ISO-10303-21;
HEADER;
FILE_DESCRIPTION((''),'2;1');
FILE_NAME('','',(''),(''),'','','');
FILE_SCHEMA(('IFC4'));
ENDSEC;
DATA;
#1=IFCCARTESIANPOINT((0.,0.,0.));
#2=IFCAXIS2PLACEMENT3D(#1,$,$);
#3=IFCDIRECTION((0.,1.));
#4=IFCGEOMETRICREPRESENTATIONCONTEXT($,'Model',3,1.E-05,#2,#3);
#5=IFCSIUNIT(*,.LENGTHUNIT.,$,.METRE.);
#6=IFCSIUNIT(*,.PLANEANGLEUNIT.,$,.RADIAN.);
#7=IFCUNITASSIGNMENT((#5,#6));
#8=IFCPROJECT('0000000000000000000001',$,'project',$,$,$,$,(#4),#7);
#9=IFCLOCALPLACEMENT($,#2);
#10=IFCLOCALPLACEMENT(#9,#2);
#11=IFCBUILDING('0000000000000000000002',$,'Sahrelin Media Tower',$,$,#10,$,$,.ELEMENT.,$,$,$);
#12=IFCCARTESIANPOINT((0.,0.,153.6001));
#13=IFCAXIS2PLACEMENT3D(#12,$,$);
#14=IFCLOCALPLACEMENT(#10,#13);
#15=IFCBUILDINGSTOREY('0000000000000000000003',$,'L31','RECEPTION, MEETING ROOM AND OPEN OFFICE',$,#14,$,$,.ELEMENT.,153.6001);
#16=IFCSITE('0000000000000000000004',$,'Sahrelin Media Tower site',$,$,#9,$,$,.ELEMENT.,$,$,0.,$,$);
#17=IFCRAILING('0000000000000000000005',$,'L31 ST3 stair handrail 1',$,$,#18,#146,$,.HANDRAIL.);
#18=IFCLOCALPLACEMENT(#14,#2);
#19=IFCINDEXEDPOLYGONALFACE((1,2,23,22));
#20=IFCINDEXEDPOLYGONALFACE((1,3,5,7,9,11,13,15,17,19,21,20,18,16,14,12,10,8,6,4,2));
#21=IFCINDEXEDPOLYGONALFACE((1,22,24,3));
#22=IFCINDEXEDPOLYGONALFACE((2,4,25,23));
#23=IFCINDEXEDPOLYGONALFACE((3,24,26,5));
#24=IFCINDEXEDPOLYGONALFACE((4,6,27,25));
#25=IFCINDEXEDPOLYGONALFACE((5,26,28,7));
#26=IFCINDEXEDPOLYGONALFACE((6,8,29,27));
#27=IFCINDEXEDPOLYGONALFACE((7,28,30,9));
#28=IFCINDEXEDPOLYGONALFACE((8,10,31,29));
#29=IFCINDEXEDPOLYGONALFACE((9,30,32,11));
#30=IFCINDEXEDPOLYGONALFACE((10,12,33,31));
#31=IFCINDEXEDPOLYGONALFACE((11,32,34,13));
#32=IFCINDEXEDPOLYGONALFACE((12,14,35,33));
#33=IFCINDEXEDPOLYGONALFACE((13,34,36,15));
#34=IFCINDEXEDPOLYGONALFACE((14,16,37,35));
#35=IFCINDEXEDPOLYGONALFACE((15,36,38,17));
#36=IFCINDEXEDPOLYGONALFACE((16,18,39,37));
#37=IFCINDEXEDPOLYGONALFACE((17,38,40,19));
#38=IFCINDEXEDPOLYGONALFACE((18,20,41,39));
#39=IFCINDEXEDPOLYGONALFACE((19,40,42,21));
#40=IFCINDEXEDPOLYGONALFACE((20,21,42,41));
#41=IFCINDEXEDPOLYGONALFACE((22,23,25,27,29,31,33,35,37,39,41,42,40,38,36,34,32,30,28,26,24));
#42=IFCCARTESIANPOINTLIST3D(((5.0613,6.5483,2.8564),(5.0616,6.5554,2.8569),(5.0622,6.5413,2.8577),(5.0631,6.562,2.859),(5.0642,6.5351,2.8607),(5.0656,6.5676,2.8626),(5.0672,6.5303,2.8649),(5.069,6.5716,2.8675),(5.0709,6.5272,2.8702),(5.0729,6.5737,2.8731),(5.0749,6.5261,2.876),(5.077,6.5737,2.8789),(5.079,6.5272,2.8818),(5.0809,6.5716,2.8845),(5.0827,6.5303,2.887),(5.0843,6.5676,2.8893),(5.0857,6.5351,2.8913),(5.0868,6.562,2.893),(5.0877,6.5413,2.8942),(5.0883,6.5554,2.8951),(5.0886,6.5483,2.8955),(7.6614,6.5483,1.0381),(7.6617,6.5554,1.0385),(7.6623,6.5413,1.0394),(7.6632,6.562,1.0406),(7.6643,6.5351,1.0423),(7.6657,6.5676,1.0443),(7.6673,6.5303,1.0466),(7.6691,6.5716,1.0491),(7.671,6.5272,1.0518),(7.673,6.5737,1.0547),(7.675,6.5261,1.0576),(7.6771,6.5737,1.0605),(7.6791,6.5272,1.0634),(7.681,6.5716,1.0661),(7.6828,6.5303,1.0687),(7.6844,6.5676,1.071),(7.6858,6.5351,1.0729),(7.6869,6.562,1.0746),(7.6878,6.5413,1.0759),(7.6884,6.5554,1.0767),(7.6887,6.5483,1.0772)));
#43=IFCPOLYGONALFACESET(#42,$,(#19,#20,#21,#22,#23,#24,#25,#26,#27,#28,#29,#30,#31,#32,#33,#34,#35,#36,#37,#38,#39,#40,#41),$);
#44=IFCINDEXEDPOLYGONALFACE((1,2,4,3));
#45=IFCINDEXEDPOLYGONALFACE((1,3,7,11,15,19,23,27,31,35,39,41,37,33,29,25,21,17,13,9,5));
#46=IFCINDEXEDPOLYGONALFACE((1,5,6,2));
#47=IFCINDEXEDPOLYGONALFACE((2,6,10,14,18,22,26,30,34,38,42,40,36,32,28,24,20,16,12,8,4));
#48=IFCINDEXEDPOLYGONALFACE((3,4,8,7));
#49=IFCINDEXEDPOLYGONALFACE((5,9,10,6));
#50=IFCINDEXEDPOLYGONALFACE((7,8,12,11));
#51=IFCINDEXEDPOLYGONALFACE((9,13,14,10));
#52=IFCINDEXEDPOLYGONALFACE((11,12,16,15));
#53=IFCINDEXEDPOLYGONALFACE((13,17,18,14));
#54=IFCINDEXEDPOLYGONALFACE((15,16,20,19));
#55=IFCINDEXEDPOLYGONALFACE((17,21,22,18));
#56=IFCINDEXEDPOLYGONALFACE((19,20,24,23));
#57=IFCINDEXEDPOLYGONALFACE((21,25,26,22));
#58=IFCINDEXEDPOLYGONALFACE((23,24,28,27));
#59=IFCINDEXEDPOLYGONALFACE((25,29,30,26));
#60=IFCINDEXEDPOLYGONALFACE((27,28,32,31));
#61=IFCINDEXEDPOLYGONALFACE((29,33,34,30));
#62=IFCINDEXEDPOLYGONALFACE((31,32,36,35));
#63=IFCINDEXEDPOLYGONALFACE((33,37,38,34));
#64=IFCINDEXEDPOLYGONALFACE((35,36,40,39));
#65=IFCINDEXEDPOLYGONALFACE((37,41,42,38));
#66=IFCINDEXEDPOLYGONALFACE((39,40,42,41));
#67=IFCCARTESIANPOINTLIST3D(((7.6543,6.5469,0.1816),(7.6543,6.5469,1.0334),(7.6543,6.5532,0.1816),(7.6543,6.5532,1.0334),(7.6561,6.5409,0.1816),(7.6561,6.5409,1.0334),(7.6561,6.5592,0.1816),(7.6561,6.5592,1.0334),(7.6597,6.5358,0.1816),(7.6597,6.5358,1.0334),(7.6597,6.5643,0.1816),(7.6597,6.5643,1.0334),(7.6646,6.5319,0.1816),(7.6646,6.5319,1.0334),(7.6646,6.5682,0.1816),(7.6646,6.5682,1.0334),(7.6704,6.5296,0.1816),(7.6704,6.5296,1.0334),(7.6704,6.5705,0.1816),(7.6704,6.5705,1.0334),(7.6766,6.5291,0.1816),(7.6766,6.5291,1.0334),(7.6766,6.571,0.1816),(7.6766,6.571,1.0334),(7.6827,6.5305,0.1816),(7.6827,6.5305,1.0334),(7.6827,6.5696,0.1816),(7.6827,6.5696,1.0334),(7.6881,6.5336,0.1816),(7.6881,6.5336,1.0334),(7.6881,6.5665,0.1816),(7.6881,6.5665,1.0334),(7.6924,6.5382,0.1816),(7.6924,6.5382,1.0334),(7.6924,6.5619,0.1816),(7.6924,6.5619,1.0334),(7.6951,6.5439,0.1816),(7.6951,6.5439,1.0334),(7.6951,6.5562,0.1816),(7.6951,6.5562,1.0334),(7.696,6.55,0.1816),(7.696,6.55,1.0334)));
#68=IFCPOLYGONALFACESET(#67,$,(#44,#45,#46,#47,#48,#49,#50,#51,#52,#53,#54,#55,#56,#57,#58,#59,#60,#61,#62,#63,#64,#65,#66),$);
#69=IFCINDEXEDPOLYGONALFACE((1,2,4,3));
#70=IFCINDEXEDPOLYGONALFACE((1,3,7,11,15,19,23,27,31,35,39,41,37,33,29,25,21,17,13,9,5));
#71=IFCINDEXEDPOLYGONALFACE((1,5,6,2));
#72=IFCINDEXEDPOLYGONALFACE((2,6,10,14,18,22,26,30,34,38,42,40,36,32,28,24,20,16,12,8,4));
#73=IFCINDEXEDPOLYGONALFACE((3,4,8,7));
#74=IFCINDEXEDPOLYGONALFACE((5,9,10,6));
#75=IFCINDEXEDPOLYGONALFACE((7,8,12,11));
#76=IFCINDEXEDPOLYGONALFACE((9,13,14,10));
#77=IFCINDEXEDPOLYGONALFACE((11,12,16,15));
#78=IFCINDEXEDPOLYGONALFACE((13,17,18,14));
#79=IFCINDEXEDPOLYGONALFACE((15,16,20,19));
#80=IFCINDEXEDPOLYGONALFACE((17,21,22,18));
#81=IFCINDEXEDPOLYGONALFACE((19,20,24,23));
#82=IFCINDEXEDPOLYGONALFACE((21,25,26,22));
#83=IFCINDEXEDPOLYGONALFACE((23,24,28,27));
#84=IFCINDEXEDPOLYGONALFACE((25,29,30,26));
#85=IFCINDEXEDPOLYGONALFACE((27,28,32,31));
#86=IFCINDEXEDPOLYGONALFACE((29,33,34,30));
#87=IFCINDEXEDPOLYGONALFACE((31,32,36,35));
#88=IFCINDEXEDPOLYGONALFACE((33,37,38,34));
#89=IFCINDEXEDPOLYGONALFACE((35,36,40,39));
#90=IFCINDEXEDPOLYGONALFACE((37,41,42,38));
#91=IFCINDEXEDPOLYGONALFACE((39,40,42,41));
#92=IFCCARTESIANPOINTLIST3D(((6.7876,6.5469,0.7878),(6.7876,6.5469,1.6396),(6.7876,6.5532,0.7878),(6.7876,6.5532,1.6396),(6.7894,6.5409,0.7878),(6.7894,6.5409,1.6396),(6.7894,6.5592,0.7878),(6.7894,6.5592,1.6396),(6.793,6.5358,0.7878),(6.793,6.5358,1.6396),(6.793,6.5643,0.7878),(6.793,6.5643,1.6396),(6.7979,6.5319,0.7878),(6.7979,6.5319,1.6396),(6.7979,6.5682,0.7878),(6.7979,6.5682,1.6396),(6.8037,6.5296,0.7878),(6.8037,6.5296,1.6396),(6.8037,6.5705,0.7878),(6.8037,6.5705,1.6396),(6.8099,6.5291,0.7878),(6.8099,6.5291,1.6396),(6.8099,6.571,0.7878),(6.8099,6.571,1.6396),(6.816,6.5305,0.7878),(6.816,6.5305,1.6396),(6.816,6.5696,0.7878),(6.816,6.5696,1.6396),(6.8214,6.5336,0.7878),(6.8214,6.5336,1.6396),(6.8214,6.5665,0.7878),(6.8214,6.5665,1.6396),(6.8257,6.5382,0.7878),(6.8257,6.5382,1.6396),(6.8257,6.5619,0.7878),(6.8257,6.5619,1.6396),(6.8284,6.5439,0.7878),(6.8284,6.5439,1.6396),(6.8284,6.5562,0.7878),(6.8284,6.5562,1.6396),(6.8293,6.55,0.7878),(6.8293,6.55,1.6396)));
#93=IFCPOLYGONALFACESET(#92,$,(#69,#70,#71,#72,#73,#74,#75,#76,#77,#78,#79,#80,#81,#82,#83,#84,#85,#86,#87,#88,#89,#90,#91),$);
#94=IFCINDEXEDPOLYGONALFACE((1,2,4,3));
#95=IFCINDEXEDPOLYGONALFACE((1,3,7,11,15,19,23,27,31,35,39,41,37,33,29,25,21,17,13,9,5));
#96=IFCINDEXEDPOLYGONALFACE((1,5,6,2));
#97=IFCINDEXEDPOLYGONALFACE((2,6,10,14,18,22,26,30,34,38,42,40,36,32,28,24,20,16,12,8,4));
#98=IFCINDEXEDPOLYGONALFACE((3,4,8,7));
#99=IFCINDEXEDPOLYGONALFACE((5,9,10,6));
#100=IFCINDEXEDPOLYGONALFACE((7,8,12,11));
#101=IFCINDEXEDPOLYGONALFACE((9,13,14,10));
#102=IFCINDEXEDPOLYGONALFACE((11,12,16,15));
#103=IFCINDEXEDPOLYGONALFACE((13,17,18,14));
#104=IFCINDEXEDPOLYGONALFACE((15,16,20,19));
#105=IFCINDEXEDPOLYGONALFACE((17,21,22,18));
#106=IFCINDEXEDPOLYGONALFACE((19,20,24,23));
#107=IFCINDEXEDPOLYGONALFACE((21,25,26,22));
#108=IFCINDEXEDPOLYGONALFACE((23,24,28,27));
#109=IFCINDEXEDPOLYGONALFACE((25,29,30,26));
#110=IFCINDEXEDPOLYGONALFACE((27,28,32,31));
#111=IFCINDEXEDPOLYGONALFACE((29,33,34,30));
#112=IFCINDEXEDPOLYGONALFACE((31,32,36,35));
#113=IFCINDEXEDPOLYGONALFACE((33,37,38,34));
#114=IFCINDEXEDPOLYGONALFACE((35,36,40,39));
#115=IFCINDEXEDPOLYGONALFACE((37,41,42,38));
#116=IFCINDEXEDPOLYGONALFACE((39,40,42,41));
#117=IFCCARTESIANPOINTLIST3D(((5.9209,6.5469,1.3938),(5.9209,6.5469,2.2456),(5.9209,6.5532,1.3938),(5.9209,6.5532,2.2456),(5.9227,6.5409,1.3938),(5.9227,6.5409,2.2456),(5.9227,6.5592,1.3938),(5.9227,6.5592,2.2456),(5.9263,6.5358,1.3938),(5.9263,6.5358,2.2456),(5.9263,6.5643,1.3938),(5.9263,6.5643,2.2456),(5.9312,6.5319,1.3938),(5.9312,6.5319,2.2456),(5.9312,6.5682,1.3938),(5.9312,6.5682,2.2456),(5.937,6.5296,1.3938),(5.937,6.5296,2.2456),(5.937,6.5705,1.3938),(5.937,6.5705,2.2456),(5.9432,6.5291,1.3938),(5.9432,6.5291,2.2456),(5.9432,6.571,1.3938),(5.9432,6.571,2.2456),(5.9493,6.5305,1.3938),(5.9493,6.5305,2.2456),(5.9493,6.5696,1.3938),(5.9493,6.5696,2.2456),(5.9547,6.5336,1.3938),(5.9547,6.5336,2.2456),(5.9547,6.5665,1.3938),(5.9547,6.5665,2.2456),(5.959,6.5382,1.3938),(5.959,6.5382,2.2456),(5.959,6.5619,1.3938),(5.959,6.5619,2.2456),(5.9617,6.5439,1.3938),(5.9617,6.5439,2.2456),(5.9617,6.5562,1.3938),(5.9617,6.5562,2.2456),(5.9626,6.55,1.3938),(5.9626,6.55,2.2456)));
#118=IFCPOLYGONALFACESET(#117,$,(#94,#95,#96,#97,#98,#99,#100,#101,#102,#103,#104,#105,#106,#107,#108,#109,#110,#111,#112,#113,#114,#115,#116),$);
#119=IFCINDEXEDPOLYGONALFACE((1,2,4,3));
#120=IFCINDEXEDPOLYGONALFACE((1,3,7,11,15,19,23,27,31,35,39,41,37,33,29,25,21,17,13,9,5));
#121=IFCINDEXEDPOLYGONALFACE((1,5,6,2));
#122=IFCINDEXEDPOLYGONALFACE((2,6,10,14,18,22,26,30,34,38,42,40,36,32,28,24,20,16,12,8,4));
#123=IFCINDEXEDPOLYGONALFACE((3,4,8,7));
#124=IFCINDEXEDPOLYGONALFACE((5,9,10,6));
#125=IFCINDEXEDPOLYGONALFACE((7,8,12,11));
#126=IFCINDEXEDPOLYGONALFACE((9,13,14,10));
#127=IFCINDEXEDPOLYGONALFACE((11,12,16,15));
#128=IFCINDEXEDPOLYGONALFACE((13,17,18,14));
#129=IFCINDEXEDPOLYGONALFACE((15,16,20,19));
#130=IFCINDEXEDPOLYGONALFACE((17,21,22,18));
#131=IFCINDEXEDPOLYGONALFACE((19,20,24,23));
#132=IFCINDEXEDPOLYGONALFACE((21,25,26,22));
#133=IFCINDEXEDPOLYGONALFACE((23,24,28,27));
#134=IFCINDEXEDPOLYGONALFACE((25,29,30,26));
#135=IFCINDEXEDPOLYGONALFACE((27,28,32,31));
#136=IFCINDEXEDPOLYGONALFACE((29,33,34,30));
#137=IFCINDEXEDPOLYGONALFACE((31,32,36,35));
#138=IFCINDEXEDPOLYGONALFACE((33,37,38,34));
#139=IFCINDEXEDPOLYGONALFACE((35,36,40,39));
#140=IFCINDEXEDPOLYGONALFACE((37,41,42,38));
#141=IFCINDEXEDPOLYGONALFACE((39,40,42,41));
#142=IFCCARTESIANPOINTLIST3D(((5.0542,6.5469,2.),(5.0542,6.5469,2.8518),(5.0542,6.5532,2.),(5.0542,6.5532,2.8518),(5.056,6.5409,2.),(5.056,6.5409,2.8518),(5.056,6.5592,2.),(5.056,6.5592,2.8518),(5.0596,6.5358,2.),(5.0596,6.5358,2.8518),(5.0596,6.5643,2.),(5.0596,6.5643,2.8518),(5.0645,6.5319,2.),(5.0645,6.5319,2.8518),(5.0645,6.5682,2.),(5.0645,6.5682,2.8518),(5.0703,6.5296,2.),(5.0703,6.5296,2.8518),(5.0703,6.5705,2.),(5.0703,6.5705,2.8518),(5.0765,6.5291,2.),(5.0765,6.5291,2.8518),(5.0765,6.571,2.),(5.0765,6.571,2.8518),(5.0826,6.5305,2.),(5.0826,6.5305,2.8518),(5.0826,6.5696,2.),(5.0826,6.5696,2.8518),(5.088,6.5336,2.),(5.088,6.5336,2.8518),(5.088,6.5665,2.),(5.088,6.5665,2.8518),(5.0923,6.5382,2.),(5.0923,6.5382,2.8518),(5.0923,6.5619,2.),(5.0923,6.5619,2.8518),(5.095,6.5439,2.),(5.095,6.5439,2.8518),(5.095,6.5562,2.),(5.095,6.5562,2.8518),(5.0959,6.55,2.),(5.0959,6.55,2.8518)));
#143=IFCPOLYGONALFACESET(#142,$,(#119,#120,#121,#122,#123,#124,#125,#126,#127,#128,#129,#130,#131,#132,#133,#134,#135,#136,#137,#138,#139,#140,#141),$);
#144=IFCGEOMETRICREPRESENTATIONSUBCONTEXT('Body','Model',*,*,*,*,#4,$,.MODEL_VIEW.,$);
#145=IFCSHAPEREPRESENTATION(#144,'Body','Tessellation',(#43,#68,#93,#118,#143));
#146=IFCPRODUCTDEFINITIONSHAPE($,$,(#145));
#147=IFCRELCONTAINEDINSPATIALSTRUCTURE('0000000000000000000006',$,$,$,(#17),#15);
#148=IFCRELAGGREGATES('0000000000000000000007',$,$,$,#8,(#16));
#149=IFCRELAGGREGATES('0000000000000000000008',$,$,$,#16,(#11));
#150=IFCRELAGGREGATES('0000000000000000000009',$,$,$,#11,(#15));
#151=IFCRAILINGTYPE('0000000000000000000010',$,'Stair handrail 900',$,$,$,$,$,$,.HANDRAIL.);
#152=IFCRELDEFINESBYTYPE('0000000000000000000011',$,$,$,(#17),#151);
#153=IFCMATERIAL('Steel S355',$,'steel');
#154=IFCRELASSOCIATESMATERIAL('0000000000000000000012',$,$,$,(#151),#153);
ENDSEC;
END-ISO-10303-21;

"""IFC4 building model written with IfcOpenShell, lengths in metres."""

from ifc_helpers import new_model, si_unit, direction, frame, origin, origin_2d, place, context, subcontext, project, spatial, circle, extrude, material, type_object, element, save


model = new_model("IFC4")

# Units and contexts
model_context = context("Model", 3, precision=1e-05, world=origin(), true_north=direction((0.0, 1.0)))
body_context = subcontext(model_context, "Body", "Model", "MODEL_VIEW")
ifc_project = project(units=[si_unit("LENGTHUNIT", "METRE"), si_unit("PLANEANGLEUNIT", "RADIAN")], contexts=[model_context])

# Site, building, storey
site_placement = place(None, origin())
site = spatial("IfcSite", under=ifc_project, at=site_placement, Name="Sahrelin Media Tower site", CompositionType="ELEMENT", RefElevation=0.0)
building_placement = place(site_placement, origin())
building = spatial("IfcBuilding", under=site, at=building_placement, Name="Sahrelin Media Tower", CompositionType="ELEMENT")
storey_placement = place(building_placement, frame((0.0, 0.0, 153.6001)))
storey = spatial("IfcBuildingStorey", under=building, at=storey_placement, Name="L31", Description="RECEPTION, MEETING ROOM AND OPEN OFFICE", CompositionType="ELEMENT", Elevation=153.6001)

# Shared definitions
ifc_material_1 = material(Name="Steel S355", Category="steel")

# Railing
railing_type_1 = type_object("IfcRailingType", Name="Stair handrail 900", PredefinedType="HANDRAIL", material=ifc_material_1)
railing_1_placement = place(storey_placement, frame((7.675, 6.55, 0.1816)))
element("IfcRailing", 1, at=railing_1_placement, inside=storey, type_object=railing_type_1, Name="L31 ST3 stair handrail 1", PredefinedType="HANDRAIL", context=body_context, shape_type="SweptSolid", body=[
    extrude(circle(Radius=0.0239, at=origin_2d()), frame((0.0, 0.0, 0.876), z_axis=(-0.819485, 0.0, 0.573101), x_axis=(0.0, -1.0, 0.0)), (0.0, 0.0, 1.0), 3.1729),
    extrude(circle(Radius=0.021, at=origin_2d()), origin(), (0.0, 0.0, 1.0), 0.8518),
    extrude(circle(Radius=0.021, at=origin_2d()), frame((-0.8667, 0.0, 0.6062)), (0.0, 0.0, 1.0), 0.8518),
    extrude(circle(Radius=0.021, at=origin_2d()), frame((-1.7334, 0.0, 1.2122)), (0.0, 0.0, 1.0), 0.8518),
    extrude(circle(Radius=0.021, at=origin_2d()), frame((-2.6001, 0.0, 1.8184)), (0.0, 0.0, 1.0), 0.8518),
])

save(model, "model.ifc")
